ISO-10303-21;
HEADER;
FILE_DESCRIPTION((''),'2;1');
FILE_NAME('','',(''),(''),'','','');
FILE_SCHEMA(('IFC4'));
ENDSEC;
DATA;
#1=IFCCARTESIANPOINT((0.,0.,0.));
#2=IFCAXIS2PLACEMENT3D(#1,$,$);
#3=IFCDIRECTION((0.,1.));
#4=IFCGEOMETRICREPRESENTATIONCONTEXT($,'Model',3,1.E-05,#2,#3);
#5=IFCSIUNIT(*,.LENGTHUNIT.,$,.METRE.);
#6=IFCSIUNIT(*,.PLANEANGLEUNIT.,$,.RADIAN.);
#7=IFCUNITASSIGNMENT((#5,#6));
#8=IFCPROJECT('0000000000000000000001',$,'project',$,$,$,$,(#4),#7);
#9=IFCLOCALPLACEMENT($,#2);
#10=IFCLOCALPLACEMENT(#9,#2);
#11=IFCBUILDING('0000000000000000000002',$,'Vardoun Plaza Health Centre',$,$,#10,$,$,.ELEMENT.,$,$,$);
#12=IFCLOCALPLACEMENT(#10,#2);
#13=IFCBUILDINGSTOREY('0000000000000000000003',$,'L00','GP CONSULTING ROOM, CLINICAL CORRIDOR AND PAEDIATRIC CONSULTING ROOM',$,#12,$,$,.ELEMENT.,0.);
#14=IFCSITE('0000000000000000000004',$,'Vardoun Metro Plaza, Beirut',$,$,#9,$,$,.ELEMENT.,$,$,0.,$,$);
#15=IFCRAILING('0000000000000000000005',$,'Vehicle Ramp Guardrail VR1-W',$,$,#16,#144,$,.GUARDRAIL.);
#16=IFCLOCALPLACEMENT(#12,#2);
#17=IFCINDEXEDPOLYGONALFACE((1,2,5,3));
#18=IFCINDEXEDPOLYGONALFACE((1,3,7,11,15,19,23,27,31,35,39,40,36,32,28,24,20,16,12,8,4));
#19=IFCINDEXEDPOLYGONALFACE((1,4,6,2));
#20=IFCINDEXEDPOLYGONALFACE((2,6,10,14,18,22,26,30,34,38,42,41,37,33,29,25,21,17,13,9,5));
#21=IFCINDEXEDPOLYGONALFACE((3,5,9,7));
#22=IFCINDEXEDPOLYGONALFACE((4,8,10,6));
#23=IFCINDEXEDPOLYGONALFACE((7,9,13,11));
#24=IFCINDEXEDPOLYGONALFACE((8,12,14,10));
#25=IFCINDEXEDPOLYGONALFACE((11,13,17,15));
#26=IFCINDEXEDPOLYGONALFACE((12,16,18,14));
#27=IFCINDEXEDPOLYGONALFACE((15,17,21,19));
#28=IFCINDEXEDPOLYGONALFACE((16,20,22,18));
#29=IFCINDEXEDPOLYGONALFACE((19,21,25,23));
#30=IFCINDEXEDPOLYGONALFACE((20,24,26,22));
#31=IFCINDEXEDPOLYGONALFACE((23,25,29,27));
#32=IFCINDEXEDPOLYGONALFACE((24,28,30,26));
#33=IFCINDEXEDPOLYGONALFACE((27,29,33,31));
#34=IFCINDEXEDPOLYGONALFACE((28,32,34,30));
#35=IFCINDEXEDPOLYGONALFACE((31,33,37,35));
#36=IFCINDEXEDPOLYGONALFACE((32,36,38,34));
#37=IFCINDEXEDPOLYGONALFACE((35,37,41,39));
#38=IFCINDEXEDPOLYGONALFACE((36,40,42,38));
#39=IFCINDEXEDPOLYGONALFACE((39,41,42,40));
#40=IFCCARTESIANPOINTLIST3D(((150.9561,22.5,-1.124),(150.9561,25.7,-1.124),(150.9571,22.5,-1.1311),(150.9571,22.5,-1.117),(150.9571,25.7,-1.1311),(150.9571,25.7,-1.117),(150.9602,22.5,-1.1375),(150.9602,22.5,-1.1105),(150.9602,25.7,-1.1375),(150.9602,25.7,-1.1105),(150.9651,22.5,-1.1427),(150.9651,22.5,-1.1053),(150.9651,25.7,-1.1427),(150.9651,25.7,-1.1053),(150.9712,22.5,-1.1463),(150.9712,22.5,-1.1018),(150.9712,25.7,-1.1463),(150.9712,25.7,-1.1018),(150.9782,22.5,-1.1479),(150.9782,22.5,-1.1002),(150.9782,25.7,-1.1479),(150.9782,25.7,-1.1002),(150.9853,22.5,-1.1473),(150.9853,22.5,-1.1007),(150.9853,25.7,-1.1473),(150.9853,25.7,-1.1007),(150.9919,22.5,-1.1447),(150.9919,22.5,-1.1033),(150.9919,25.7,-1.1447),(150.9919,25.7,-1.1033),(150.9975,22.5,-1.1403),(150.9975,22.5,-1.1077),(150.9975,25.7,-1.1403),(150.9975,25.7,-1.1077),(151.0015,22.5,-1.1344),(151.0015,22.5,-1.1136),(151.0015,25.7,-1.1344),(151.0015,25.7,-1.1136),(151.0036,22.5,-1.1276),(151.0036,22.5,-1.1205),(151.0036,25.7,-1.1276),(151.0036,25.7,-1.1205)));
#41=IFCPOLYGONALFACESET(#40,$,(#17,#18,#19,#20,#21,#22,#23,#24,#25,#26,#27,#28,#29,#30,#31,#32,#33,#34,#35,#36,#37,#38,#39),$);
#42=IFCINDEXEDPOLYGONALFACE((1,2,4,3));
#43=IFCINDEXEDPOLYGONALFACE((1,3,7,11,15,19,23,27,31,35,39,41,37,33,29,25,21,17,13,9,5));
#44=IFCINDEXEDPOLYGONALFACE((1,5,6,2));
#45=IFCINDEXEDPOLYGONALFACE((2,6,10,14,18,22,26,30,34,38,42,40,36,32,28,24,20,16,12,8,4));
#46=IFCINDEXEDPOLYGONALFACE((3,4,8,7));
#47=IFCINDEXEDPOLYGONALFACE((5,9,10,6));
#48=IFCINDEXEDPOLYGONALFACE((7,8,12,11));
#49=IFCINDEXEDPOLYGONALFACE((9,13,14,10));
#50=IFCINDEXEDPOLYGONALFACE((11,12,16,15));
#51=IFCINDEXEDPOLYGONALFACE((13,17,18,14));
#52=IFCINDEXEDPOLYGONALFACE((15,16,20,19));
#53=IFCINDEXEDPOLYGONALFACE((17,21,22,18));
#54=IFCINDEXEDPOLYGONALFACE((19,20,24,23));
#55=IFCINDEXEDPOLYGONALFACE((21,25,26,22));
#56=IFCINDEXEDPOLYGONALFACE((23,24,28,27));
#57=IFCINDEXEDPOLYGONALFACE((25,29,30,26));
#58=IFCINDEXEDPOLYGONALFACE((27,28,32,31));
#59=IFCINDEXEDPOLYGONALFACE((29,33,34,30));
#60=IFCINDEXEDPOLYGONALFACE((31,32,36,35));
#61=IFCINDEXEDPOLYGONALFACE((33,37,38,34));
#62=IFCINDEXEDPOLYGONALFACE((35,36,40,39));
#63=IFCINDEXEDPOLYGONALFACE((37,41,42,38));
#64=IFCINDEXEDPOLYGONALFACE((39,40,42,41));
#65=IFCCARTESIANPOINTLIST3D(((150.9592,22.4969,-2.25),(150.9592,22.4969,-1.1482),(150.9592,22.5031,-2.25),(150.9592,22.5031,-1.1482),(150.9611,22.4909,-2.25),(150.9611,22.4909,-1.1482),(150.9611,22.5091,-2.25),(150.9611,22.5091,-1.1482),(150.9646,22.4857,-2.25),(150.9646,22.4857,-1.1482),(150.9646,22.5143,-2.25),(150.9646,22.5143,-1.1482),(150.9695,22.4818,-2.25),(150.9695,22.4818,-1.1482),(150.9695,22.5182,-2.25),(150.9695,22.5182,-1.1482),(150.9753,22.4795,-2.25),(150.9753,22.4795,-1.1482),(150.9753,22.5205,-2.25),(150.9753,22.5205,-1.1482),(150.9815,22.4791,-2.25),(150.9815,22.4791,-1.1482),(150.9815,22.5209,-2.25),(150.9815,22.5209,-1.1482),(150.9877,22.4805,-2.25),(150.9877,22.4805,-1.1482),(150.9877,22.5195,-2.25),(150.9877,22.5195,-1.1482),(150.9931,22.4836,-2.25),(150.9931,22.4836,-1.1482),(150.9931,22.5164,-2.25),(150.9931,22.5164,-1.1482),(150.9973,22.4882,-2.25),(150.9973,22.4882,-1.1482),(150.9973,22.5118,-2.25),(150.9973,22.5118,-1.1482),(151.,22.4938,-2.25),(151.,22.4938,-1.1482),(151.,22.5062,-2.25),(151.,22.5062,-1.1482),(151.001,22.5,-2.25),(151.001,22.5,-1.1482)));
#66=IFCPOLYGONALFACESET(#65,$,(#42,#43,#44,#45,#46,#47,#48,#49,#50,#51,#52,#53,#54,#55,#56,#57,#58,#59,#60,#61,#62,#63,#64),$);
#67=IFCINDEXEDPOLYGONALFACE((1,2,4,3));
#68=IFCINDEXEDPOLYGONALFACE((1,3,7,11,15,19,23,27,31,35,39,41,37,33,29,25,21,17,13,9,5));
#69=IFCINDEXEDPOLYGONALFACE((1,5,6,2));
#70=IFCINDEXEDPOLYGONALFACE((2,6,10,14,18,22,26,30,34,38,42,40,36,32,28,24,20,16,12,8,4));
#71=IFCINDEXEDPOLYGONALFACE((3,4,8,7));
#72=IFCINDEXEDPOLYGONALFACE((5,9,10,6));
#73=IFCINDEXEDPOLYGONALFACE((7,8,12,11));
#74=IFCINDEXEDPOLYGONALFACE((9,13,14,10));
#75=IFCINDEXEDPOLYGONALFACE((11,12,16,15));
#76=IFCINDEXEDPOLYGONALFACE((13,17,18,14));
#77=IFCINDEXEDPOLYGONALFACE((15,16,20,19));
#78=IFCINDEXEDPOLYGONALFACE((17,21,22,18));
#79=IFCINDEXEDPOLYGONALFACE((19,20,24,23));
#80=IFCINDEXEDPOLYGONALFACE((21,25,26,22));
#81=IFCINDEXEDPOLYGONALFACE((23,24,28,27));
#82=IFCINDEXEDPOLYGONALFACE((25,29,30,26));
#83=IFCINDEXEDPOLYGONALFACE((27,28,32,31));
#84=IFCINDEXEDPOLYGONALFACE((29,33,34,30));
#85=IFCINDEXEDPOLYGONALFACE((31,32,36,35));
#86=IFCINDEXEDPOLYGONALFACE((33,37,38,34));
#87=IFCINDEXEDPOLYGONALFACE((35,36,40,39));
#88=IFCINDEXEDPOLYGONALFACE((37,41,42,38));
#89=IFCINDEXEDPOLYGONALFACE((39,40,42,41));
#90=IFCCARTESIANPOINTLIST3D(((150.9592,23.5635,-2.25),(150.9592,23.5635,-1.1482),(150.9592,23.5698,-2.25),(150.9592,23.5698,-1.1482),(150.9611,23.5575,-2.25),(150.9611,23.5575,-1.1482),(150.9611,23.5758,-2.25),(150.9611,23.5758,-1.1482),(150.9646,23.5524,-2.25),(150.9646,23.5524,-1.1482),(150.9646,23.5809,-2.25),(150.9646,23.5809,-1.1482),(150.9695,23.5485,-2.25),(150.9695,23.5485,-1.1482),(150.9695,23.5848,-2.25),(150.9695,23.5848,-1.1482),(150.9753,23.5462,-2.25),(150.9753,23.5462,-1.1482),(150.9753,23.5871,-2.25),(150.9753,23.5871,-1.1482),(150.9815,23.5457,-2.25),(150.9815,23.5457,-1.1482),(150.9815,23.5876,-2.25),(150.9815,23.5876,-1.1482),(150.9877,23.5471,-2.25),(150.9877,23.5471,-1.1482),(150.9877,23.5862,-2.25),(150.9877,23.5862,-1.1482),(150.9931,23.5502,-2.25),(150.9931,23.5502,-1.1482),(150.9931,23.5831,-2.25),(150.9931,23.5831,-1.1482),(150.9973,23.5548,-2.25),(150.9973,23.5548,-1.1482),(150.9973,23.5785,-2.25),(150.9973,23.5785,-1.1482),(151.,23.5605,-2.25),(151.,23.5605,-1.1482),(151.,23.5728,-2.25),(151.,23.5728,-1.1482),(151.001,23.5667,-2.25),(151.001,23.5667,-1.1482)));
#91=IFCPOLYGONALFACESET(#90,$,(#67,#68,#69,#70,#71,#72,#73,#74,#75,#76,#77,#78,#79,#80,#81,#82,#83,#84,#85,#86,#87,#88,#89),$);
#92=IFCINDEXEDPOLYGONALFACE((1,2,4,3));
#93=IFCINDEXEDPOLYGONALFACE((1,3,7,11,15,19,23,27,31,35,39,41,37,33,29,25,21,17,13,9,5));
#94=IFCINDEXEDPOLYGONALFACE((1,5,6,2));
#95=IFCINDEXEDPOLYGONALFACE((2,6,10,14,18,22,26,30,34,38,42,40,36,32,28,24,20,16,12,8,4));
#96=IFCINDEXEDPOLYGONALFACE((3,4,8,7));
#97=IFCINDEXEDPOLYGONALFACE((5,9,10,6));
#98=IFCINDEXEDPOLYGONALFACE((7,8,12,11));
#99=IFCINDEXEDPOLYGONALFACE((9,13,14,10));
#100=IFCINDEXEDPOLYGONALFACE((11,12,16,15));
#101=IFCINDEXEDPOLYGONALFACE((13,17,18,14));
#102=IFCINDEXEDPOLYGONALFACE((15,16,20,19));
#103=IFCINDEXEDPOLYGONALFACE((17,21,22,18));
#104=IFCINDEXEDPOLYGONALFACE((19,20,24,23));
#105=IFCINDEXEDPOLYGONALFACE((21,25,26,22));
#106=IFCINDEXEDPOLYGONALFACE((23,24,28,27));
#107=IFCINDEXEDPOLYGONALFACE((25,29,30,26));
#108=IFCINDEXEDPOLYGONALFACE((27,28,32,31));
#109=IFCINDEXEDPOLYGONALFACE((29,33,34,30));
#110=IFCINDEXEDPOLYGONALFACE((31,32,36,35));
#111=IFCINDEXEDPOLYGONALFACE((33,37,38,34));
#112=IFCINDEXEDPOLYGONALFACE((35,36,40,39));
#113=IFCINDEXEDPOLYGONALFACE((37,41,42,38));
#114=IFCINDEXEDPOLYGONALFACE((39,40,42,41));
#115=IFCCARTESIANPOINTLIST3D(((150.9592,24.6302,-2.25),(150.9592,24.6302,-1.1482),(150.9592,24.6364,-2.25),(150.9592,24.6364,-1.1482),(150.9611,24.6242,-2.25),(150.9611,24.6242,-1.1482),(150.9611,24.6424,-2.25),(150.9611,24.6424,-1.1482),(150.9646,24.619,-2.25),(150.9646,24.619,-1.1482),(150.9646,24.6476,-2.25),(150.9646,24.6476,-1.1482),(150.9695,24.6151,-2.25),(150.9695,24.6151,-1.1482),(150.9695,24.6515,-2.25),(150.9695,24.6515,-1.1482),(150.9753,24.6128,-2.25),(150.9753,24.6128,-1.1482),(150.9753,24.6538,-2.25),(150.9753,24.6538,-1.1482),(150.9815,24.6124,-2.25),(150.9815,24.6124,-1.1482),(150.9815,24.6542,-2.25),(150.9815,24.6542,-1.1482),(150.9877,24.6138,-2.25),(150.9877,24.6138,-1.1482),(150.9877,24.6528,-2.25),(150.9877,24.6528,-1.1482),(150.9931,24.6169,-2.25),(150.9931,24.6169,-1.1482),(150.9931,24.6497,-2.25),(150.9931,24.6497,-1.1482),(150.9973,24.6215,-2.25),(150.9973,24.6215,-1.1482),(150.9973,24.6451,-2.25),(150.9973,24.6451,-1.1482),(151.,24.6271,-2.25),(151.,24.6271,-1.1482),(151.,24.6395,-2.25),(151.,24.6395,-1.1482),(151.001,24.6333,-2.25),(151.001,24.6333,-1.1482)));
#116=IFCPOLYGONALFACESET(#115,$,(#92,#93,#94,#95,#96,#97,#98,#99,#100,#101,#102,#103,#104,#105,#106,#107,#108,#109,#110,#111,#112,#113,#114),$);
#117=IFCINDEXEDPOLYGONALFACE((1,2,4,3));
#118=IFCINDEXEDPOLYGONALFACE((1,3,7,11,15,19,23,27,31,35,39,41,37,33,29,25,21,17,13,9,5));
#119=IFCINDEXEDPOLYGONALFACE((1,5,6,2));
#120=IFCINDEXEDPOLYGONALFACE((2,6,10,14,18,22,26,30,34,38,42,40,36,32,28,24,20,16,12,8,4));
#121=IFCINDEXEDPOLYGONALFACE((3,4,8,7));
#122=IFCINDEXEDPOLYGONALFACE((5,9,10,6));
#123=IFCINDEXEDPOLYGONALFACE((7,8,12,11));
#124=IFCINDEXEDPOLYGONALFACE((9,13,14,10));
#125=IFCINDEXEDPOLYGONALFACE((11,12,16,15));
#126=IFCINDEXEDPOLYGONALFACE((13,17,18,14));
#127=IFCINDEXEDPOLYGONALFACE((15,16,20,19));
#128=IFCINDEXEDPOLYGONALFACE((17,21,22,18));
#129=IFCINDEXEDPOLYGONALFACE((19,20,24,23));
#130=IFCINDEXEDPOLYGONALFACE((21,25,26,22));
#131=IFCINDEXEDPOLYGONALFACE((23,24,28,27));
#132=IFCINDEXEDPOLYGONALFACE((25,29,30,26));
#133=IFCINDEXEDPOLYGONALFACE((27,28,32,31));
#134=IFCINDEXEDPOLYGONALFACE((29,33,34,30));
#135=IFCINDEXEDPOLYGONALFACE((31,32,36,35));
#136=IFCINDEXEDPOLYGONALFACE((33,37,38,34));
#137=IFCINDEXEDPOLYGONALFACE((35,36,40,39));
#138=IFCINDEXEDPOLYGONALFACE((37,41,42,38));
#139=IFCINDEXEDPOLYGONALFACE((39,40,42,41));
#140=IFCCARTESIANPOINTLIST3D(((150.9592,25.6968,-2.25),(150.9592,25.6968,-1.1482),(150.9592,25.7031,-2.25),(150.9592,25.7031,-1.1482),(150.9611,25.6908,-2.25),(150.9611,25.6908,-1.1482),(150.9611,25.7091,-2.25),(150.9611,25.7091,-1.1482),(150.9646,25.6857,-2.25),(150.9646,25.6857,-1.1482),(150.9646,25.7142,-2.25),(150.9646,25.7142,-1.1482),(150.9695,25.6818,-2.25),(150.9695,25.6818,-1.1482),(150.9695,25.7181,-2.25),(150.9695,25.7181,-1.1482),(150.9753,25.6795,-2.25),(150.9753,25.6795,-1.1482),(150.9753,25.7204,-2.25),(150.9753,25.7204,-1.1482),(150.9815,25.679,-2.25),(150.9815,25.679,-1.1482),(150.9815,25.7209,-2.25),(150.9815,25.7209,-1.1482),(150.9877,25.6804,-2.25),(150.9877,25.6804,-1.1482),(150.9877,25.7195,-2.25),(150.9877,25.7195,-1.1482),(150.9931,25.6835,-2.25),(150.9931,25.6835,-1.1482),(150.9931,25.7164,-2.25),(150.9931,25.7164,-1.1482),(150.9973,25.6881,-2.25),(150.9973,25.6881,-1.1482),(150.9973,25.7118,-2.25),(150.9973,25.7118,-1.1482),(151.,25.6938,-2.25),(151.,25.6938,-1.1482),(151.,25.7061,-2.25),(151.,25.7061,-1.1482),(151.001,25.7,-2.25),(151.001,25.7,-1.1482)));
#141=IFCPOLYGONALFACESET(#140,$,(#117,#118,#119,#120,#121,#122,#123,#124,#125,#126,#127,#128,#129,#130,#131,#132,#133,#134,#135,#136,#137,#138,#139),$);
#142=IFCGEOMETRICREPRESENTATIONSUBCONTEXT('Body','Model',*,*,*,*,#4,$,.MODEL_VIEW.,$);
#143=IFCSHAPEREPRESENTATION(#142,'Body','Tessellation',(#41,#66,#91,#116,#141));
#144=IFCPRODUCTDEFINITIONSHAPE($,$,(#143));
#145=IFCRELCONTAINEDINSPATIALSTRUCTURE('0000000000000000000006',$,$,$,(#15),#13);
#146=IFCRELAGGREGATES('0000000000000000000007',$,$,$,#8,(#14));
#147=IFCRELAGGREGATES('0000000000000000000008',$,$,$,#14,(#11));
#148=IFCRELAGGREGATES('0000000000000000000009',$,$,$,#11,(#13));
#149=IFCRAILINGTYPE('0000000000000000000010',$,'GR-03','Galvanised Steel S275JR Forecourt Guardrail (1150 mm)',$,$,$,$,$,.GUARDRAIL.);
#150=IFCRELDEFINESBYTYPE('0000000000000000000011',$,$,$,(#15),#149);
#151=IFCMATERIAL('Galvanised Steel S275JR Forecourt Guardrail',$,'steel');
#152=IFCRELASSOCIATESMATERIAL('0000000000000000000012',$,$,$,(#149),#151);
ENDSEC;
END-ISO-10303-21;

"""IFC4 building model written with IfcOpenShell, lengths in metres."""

from ifc_helpers import new_model, si_unit, direction, frame, origin, origin_2d, place, context, subcontext, project, spatial, circle, extrude, material, type_object, element, save


model = new_model("IFC4")

# Units and contexts
model_context = context("Model", 3, precision=1e-05, world=origin(), true_north=direction((0.0, 1.0)))
body_context = subcontext(model_context, "Body", "Model", "MODEL_VIEW")
ifc_project = project(units=[si_unit("LENGTHUNIT", "METRE"), si_unit("PLANEANGLEUNIT", "RADIAN")], contexts=[model_context])

# Site, building, storey
site_placement = place(None, origin())
site = spatial("IfcSite", under=ifc_project, at=site_placement, Name="Vardoun Metro Plaza, Beirut", CompositionType="ELEMENT", RefElevation=0.0)
building_placement = place(site_placement, origin())
building = spatial("IfcBuilding", under=site, at=building_placement, Name="Vardoun Plaza Health Centre", CompositionType="ELEMENT")
storey_placement = place(building_placement, origin())
storey = spatial("IfcBuildingStorey", under=building, at=storey_placement, Name="L00", Description="GP CONSULTING ROOM, CLINICAL CORRIDOR AND PAEDIATRIC CONSULTING ROOM", CompositionType="ELEMENT", Elevation=0.0)

# Railing
ifc_material_1 = material(Name="Galvanised Steel S275JR Forecourt Guardrail", Category="steel")
railing_type = type_object("IfcRailingType", Name="GR-03", Description="Galvanised Steel S275JR Forecourt Guardrail (1150 mm)", PredefinedType="GUARDRAIL", material=ifc_material_1)
railing_1_placement = place(storey_placement, frame((150.98, 22.5, -2.25)))
element("IfcRailing", 1, at=railing_1_placement, inside=storey, type_object=railing_type, Name="Vehicle Ramp Guardrail VR1-W", PredefinedType="GUARDRAIL", context=body_context, shape_type="SweptSolid", body=[
    extrude(circle(Radius=0.0239, at=origin_2d()), frame((0.0, 0.0, 1.126), z_axis=(0.0, 1.0, 0.0), x_axis=(-1.0, 0.0, 0.0)), (0.0, 0.0, 1.0), 3.2),
    extrude(circle(Radius=0.021, at=origin_2d()), origin(), (0.0, 0.0, 1.0), 1.1018),
    extrude(circle(Radius=0.021, at=origin_2d()), frame((0.0, 1.0667, 0.0)), (0.0, 0.0, 1.0), 1.1018),
    extrude(circle(Radius=0.021, at=origin_2d()), frame((0.0, 2.1333, 0.0)), (0.0, 0.0, 1.0), 1.1018),
    extrude(circle(Radius=0.021, at=origin_2d()), frame((0.0, 3.2, 0.0)), (0.0, 0.0, 1.0), 1.1018),
])

save(model, "model.ifc")
